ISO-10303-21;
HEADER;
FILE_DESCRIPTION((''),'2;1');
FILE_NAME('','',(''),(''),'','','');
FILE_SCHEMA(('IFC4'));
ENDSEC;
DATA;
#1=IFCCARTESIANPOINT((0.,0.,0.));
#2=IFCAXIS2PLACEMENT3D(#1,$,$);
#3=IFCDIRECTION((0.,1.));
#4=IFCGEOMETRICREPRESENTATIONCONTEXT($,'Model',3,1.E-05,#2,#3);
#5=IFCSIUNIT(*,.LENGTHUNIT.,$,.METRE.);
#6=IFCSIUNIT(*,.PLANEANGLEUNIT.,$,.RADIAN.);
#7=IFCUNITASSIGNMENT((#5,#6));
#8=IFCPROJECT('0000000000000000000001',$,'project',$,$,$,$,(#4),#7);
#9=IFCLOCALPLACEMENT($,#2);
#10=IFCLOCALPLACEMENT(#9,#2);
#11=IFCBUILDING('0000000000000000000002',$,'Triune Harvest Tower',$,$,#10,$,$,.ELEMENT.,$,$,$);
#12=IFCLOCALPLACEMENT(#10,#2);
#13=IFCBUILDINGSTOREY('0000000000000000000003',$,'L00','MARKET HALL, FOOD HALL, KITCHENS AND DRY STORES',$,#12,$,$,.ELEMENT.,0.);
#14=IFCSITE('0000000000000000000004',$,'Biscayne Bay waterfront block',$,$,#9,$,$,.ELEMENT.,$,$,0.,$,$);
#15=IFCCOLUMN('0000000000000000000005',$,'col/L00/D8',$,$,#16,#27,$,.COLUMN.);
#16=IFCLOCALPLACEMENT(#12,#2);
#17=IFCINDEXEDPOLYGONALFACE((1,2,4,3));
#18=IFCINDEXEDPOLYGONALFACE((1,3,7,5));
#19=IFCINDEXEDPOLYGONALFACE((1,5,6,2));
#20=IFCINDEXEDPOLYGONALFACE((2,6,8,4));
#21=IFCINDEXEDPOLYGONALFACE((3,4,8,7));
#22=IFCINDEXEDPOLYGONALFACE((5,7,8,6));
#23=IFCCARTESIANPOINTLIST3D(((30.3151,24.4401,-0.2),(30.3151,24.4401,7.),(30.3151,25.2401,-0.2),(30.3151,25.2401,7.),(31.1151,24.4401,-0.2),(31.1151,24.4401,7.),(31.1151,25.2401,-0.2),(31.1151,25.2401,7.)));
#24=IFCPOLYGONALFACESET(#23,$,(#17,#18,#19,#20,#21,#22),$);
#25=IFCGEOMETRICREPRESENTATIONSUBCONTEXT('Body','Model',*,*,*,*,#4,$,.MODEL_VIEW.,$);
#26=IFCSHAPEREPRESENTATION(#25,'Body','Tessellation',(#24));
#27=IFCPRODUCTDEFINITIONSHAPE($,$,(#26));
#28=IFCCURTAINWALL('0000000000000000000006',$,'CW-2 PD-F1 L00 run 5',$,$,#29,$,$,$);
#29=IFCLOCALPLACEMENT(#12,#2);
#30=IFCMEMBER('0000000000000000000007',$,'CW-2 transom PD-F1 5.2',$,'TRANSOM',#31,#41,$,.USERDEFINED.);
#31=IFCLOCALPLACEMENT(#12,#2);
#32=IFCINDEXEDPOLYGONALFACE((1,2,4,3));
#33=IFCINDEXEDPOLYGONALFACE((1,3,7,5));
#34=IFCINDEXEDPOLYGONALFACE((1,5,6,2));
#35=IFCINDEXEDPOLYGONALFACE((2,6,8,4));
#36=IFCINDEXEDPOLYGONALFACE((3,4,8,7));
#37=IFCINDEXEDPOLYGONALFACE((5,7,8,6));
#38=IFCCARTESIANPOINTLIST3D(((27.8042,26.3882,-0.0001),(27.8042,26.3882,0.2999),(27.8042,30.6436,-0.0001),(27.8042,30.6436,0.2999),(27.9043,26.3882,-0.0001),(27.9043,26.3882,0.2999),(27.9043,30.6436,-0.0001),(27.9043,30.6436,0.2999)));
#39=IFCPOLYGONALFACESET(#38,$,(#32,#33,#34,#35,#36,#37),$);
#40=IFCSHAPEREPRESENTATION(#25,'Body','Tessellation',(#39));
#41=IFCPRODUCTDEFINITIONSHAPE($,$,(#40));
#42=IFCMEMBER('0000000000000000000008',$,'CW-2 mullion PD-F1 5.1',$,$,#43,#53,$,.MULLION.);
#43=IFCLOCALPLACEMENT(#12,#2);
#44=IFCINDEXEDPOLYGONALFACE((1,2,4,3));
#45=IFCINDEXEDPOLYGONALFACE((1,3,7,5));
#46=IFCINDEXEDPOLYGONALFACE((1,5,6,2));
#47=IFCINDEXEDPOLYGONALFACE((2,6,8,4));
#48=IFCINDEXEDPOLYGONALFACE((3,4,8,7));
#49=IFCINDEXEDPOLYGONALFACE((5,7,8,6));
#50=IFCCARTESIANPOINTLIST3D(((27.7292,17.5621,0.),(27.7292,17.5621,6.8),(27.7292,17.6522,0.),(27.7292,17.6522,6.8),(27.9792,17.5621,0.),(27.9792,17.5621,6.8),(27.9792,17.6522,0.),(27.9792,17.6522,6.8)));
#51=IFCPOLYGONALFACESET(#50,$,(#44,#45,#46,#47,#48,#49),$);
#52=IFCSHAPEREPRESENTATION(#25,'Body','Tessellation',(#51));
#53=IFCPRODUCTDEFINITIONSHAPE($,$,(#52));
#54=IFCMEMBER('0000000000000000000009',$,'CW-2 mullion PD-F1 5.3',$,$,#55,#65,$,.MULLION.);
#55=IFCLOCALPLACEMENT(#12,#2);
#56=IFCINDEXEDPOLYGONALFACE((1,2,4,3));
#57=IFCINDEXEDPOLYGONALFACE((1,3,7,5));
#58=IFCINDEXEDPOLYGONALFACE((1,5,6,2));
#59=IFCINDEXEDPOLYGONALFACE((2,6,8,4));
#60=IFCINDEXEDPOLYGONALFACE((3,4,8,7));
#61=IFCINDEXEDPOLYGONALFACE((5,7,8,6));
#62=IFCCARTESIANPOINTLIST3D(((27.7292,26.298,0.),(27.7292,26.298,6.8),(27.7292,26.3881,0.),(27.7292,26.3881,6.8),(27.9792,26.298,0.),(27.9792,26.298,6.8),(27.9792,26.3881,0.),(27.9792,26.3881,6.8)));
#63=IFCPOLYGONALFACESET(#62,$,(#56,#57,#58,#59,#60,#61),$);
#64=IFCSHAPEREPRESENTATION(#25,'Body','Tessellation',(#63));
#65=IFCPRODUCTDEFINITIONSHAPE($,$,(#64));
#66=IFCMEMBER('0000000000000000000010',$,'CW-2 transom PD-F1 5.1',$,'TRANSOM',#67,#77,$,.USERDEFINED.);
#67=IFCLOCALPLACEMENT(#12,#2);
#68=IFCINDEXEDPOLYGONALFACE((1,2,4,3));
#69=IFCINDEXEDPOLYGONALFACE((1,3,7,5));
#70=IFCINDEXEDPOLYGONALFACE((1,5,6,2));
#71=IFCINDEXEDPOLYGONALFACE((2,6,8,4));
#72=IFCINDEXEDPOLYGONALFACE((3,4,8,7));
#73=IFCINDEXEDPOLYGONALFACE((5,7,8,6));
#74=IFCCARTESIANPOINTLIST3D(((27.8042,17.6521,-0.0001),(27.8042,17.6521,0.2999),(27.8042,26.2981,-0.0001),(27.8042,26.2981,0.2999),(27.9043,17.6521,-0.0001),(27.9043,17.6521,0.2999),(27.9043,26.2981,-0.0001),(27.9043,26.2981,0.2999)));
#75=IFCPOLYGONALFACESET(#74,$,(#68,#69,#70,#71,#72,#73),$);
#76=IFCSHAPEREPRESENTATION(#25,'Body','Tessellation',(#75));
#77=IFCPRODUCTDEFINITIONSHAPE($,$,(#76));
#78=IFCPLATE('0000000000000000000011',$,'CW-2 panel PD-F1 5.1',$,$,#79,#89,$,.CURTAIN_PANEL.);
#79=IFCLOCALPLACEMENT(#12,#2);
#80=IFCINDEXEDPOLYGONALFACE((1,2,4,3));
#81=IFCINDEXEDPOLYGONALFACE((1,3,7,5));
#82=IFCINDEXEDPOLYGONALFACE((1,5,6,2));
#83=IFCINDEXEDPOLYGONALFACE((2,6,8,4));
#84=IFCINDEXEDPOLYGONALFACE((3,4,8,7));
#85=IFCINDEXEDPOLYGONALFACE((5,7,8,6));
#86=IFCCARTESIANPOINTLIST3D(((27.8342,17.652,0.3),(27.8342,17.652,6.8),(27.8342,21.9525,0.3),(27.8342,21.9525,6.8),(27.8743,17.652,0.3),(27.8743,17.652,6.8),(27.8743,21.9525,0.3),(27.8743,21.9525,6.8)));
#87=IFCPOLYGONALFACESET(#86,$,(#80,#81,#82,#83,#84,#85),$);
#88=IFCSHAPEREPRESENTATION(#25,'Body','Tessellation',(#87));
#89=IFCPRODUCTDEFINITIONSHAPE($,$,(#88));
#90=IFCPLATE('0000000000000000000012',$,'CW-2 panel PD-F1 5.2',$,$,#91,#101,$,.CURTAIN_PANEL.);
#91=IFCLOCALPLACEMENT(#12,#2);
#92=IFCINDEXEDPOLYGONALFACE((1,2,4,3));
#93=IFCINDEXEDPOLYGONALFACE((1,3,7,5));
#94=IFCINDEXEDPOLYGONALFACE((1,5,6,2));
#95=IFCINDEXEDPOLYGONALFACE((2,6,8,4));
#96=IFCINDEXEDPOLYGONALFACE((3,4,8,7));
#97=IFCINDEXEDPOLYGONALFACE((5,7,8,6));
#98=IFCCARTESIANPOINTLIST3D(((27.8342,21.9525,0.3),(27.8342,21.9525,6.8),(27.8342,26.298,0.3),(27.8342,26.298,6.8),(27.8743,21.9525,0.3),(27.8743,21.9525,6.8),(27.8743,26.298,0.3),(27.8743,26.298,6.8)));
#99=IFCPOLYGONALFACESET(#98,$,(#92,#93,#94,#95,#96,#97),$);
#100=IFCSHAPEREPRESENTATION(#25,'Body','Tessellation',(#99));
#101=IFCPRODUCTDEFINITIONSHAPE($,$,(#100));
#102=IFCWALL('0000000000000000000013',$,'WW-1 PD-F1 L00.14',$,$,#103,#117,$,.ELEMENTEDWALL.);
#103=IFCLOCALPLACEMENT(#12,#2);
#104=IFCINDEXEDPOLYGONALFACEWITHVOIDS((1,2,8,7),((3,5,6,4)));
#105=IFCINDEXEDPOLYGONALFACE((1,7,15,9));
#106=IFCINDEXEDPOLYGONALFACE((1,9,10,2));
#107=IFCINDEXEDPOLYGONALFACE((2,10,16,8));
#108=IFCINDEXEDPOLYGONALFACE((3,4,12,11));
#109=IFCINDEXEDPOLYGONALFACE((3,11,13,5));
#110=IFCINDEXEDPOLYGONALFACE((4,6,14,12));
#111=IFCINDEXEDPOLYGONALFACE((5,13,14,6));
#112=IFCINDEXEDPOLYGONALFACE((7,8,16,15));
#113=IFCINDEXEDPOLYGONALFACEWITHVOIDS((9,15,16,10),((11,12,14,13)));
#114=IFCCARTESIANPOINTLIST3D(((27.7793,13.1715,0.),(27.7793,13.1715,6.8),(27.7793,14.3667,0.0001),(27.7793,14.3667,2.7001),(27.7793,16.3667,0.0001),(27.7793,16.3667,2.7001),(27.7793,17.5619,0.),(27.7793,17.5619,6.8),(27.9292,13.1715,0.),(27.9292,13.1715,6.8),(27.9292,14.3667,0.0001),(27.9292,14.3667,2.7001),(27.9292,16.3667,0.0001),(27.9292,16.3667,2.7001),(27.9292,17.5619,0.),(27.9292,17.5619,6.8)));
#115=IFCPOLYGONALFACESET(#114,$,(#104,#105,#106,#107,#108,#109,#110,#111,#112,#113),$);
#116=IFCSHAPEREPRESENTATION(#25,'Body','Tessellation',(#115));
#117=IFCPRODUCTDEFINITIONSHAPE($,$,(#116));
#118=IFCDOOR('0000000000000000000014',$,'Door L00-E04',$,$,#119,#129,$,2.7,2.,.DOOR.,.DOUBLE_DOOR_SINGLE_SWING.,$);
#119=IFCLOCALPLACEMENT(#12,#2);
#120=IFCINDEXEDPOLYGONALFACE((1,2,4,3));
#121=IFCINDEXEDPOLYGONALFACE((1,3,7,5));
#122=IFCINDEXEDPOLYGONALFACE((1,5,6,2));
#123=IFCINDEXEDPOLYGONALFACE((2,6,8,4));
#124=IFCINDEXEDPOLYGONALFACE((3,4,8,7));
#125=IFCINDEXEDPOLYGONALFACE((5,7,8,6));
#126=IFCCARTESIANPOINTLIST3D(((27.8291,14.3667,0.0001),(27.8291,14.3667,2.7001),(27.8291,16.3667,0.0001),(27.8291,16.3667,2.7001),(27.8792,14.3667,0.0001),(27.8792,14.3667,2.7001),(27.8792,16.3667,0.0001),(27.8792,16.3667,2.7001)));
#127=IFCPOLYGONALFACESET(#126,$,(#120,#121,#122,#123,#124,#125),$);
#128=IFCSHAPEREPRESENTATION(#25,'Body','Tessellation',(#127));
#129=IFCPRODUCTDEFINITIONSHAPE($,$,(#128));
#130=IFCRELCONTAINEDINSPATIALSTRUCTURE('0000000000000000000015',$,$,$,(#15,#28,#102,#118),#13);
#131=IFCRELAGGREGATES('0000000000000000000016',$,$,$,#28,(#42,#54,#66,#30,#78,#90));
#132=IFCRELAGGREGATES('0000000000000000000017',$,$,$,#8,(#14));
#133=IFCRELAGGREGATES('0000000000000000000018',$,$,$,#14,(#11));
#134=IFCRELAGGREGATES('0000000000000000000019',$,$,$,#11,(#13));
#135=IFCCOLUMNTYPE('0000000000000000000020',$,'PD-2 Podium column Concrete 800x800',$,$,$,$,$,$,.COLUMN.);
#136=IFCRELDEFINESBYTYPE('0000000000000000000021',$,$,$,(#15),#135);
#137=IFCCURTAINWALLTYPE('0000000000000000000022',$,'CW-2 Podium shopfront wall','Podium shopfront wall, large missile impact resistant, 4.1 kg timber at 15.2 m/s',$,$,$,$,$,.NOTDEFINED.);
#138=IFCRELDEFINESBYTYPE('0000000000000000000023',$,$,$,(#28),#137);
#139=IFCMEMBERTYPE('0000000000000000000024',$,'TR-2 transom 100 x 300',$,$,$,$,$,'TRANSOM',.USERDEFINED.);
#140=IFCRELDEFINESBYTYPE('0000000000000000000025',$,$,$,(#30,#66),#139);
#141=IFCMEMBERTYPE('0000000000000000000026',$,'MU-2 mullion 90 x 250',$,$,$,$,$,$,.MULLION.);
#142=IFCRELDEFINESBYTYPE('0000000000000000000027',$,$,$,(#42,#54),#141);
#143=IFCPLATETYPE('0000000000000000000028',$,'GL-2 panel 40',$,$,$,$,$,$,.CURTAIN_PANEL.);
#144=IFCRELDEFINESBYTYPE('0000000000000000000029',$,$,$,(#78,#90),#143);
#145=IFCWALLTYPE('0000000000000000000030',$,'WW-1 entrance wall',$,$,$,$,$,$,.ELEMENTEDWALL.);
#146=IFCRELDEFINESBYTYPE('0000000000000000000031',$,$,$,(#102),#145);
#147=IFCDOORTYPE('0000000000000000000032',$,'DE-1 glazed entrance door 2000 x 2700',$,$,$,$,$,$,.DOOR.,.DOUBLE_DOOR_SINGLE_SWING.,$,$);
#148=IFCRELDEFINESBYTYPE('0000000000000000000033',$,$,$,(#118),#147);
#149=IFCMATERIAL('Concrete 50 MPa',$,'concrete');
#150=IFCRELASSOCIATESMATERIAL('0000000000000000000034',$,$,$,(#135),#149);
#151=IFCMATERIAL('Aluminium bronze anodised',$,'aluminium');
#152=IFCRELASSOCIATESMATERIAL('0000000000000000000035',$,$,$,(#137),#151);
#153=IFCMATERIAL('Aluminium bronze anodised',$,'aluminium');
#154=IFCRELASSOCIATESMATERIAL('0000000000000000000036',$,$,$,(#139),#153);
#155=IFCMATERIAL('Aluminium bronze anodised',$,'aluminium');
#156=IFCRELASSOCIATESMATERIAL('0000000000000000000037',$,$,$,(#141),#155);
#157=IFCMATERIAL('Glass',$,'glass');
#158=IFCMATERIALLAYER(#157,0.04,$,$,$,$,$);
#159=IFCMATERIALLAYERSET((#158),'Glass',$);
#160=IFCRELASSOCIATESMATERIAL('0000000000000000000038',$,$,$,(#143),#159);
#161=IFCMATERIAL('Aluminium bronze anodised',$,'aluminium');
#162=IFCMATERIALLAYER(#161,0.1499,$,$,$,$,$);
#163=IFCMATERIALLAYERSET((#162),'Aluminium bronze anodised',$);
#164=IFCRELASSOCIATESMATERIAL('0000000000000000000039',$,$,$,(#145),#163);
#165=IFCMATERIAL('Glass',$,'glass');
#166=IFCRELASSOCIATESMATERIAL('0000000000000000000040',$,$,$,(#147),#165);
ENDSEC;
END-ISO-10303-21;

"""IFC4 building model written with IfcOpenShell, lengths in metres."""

from ifc_helpers import new_model, si_unit, direction, frame, frame_2d, origin, origin_2d, place, context, subcontext, project, spatial, rectangle, extrude, source, transform, mapped, material, layer, layer_set, material_profile, profile_set, type_object, element, fill, aggregate, save


model = new_model("IFC4")

# Units and contexts
model_context = context("Model", 3, precision=1e-05, world=origin(), true_north=direction((0.0, 1.0)))
body_context = subcontext(model_context, "Body", "Model", "MODEL_VIEW")
ifc_project = project(units=[si_unit("LENGTHUNIT", "METRE"), si_unit("PLANEANGLEUNIT", "RADIAN")], contexts=[model_context])

# Site, building, storey
site_placement = place(None, origin())
site = spatial("IfcSite", under=ifc_project, at=site_placement, Name="Biscayne Bay waterfront block", CompositionType="ELEMENT", RefElevation=0.0)
building_placement = place(site_placement, origin())
building = spatial("IfcBuilding", under=site, at=building_placement, Name="Triune Harvest Tower", CompositionType="ELEMENT")
storey_placement = place(building_placement, origin())
storey = spatial("IfcBuildingStorey", under=building, at=storey_placement, Name="L00", Description="MARKET HALL, FOOD HALL, KITCHENS AND DRY STORES", CompositionType="ELEMENT", Elevation=0.0)

# Column
ifc_material_1 = material(Name="Concrete 50 MPa", Category="concrete")
ifc_material_profile_1 = material_profile(ifc_material_1, rectangle(XDim=0.8, YDim=0.8, at=origin_2d()), Name="Concrete 800x800")
ifc_profile_set_1 = profile_set([ifc_material_profile_1], Name="Concrete 50 MPa")
column_type_1 = type_object("IfcColumnType", Name="PD-2 Podium column Concrete 800x800", PredefinedType="COLUMN", material=ifc_profile_set_1)
shared_shape_1 = source(origin(), body_context, "Body", "SweptSolid", [
    extrude(rectangle(XDim=0.8, YDim=0.8, at=origin_2d()), origin(), (0.0, 0.0, 1.0), 7.2),
])
for number, where, z_axis, x_axis, name in (
    (1, (30.7151, 24.8401, -0.2), (0.0, 0.0, 1.0), (0.0, 1.0, 0.0), "col/L00/D8"),
):
    element("IfcColumn", number, at=place(storey_placement, frame(where, z_axis=z_axis, x_axis=x_axis)), inside=storey, type_object=column_type_1, Name=name, PredefinedType="COLUMN", context=body_context, shape_type="MappedRepresentation", body=[
        mapped(shared_shape_1, transform((0.0, 0.0, 0.0), scale=1.0)),
    ])

# Curtain wall, members, plates
ifc_material_2 = material(Name="Aluminium bronze anodised", Category="aluminium")
curtain_wall_type = type_object("IfcCurtainWallType", Name="CW-2 Podium shopfront wall", Description="Podium shopfront wall, large missile impact resistant, 4.1 kg timber at 15.2 m/s", PredefinedType="NOTDEFINED", material=ifc_material_2)
curtain_wall_placement = place(storey_placement, origin())
curtain_wall = element("IfcCurtainWall", 2, at=curtain_wall_placement, inside=storey, type_object=curtain_wall_type, Name="CW-2 PD-F1 L00 run 5")
ifc_material_3 = material(Name="Aluminium bronze anodised", Category="aluminium")
ifc_material_profile_2 = material_profile(ifc_material_3, rectangle(XDim=0.1001, YDim=0.3, at=origin_2d()), Name="TR-2 transom 100 x 300")
ifc_profile_set_2 = profile_set([ifc_material_profile_2], Name="Aluminium bronze anodised")
member_type_1 = type_object("IfcMemberType", Name="TR-2 transom 100 x 300", ElementType="TRANSOM", PredefinedType="USERDEFINED", material=ifc_profile_set_2)
member_1_placement = place(storey_placement, frame((27.8542, 26.3882, 0.1499), z_axis=(0.0, 1.0, 0.0), x_axis=(-1.0, 0.0, 0.0)))
member_1 = element("IfcMember", 3, at=member_1_placement, type_object=member_type_1, Name="CW-2 transom PD-F1 5.2", ObjectType="TRANSOM", PredefinedType="USERDEFINED", context=body_context, shape_type="SweptSolid", body=[
    extrude(rectangle(XDim=0.1001, YDim=0.3, at=origin_2d()), origin(), (0.0, 0.0, 1.0), 4.2554),
])
ifc_material_4 = material(Name="Aluminium bronze anodised", Category="aluminium")
ifc_material_profile_3 = material_profile(ifc_material_4, rectangle(XDim=0.25, YDim=0.0901, at=origin_2d()), Name="MU-2 mullion 90 x 250")
ifc_profile_set_3 = profile_set([ifc_material_profile_3], Name="Aluminium bronze anodised")
member_type_2 = type_object("IfcMemberType", Name="MU-2 mullion 90 x 250", PredefinedType="MULLION", material=ifc_profile_set_3)
shared_shape_2 = source(origin(), body_context, "Body", "SweptSolid", [
    extrude(rectangle(XDim=0.25, YDim=0.0901, at=origin_2d()), origin(), (0.0, 0.0, 1.0), 6.8),
])
member_2_placement = place(storey_placement, frame((27.8542, 17.6072, 0.0), z_axis=(0.0, 0.0, 1.0), x_axis=(-1.0, 0.0, 0.0)))
member_2 = element("IfcMember", 4, at=member_2_placement, type_object=member_type_2, Name="CW-2 mullion PD-F1 5.1", PredefinedType="MULLION", context=body_context, shape_type="MappedRepresentation", body=[
    mapped(shared_shape_2, transform((0.0, 0.0, 0.0), scale=1.0)),
])
member_3_placement = place(storey_placement, frame((27.8542, 26.343, 0.0), z_axis=(0.0, 0.0, 1.0), x_axis=(-1.0, 0.0, 0.0)))
member_3 = element("IfcMember", 5, at=member_3_placement, type_object=member_type_2, Name="CW-2 mullion PD-F1 5.3", PredefinedType="MULLION", context=body_context, shape_type="MappedRepresentation", body=[
    mapped(shared_shape_2, transform((0.0, 0.0, 0.0), scale=1.0)),
])
shared_shape_3 = source(origin(), body_context, "Body", "SweptSolid", [
    extrude(rectangle(XDim=0.1001, YDim=0.3, at=origin_2d()), origin(), (0.0, 0.0, 1.0), 8.646),
])
member_4_placement = place(storey_placement, frame((27.8542, 17.6521, 0.1499), z_axis=(0.0, 1.0, 0.0), x_axis=(-1.0, 0.0, 0.0)))
member_4 = element("IfcMember", 6, at=member_4_placement, type_object=member_type_1, Name="CW-2 transom PD-F1 5.1", ObjectType="TRANSOM", PredefinedType="USERDEFINED", context=body_context, shape_type="MappedRepresentation", body=[
    mapped(shared_shape_3, transform((0.0, 0.0, 0.0), scale=1.0)),
])
ifc_material_5 = material(Name="Glass", Category="glass")
ifc_layer_1 = layer(ifc_material_5, 0.04)
ifc_layer_set_1 = layer_set([ifc_layer_1], Name="Glass")
plate_type = type_object("IfcPlateType", Name="GL-2 panel 40", PredefinedType="CURTAIN_PANEL", material=ifc_layer_set_1)
shared_shape_4 = source(origin(), body_context, "Body", "SweptSolid", [
    extrude(rectangle(XDim=4.3005, YDim=0.04, at=origin_2d()), origin(), (0.0, 0.0, 1.0), 6.5),
])
plate_1_placement = place(storey_placement, frame((27.8542, 19.8022, 0.3), z_axis=(0.0, 0.0, 1.0), x_axis=(0.0, 1.0, 0.0)))
plate_1 = element("IfcPlate", 7, at=plate_1_placement, type_object=plate_type, Name="CW-2 panel PD-F1 5.1", PredefinedType="CURTAIN_PANEL", context=body_context, shape_type="MappedRepresentation", body=[
    mapped(shared_shape_4, transform((0.0, 0.0, 0.0), scale=1.0)),
])
shared_shape_5 = source(origin(), body_context, "Body", "SweptSolid", [
    extrude(rectangle(XDim=4.3455, YDim=0.04, at=origin_2d()), origin(), (0.0, 0.0, 1.0), 6.5),
])
plate_2_placement = place(storey_placement, frame((27.8542, 24.1252, 0.3), z_axis=(0.0, 0.0, 1.0), x_axis=(0.0, 1.0, 0.0)))
plate_2 = element("IfcPlate", 8, at=plate_2_placement, type_object=plate_type, Name="CW-2 panel PD-F1 5.2", PredefinedType="CURTAIN_PANEL", context=body_context, shape_type="MappedRepresentation", body=[
    mapped(shared_shape_5, transform((0.0, 0.0, 0.0), scale=1.0)),
])
aggregate(curtain_wall, [member_2, member_3, member_4, member_1, plate_1, plate_2])

# Wall, opening, door
ifc_material_6 = material(Name="Aluminium bronze anodised", Category="aluminium")
ifc_layer_2 = layer(ifc_material_6, 0.1499)
ifc_layer_set_2 = layer_set([ifc_layer_2], Name="Aluminium bronze anodised")
wall_type = type_object("IfcWallType", Name="WW-1 entrance wall", PredefinedType="ELEMENTEDWALL", material=ifc_layer_set_2)
shared_shape_6 = source(origin(), body_context, "Body", "SweptSolid", [
    extrude(rectangle(XDim=4.3904, YDim=0.1499, at=frame_2d((2.1953, 0.0))), origin(), (0.0, 0.0, 1.0), 6.8),
])
wall_placement = place(storey_placement, frame((27.8542, 17.562, 0.0), z_axis=(0.0, 0.0, 1.0), x_axis=(0.0, -1.0, 0.0)))
wall = element("IfcWall", 9, at=wall_placement, inside=storey, type_object=wall_type, Name="WW-1 PD-F1 L00.14", PredefinedType="ELEMENTEDWALL", context=body_context, shape_type="MappedRepresentation", body=[
    mapped(shared_shape_6, transform((0.0, 0.0, 0.0), scale=1.0)),
])
opening_placement = place(wall_placement, frame((1.1953, 0.0, 0.0)))
opening = element("IfcOpeningElement", 10, at=opening_placement, cuts=wall, PredefinedType="OPENING", context=body_context, shape_type="SweptSolid", body=[
    extrude(rectangle(XDim=2.0, YDim=2.7, at=frame_2d((1.0, 1.3501))), frame((0.0, 0.085, 0.0), z_axis=(0.0, -1.0, 0.0), x_axis=(1.0, 0.0, 0.0)), (0.0, 0.0, 1.0), 0.1699),
])
ifc_material_7 = material(Name="Glass", Category="glass")
door_type = type_object("IfcDoorType", Name="DE-1 glazed entrance door 2000 x 2700", OperationType="DOUBLE_DOOR_SINGLE_SWING", PredefinedType="DOOR", material=ifc_material_7)
door_placement = place(opening_placement, origin())
door = element("IfcDoor", 11, at=door_placement, inside=storey, type_object=door_type, Name="Door L00-E04", OperationType="DOUBLE_DOOR_SINGLE_SWING", OverallHeight=2.7, OverallWidth=2.0, PredefinedType="DOOR", context=body_context, shape_type="SweptSolid", body=[
    extrude(rectangle(XDim=2.0, YDim=2.7, at=frame_2d((1.0, 1.3501))), frame((0.0, 0.0249, 0.0), z_axis=(0.0, -1.0, 0.0), x_axis=(1.0, 0.0, 0.0)), (0.0, 0.0, 1.0), 0.05),
])
fill(opening, door)

save(model, "model.ifc")
